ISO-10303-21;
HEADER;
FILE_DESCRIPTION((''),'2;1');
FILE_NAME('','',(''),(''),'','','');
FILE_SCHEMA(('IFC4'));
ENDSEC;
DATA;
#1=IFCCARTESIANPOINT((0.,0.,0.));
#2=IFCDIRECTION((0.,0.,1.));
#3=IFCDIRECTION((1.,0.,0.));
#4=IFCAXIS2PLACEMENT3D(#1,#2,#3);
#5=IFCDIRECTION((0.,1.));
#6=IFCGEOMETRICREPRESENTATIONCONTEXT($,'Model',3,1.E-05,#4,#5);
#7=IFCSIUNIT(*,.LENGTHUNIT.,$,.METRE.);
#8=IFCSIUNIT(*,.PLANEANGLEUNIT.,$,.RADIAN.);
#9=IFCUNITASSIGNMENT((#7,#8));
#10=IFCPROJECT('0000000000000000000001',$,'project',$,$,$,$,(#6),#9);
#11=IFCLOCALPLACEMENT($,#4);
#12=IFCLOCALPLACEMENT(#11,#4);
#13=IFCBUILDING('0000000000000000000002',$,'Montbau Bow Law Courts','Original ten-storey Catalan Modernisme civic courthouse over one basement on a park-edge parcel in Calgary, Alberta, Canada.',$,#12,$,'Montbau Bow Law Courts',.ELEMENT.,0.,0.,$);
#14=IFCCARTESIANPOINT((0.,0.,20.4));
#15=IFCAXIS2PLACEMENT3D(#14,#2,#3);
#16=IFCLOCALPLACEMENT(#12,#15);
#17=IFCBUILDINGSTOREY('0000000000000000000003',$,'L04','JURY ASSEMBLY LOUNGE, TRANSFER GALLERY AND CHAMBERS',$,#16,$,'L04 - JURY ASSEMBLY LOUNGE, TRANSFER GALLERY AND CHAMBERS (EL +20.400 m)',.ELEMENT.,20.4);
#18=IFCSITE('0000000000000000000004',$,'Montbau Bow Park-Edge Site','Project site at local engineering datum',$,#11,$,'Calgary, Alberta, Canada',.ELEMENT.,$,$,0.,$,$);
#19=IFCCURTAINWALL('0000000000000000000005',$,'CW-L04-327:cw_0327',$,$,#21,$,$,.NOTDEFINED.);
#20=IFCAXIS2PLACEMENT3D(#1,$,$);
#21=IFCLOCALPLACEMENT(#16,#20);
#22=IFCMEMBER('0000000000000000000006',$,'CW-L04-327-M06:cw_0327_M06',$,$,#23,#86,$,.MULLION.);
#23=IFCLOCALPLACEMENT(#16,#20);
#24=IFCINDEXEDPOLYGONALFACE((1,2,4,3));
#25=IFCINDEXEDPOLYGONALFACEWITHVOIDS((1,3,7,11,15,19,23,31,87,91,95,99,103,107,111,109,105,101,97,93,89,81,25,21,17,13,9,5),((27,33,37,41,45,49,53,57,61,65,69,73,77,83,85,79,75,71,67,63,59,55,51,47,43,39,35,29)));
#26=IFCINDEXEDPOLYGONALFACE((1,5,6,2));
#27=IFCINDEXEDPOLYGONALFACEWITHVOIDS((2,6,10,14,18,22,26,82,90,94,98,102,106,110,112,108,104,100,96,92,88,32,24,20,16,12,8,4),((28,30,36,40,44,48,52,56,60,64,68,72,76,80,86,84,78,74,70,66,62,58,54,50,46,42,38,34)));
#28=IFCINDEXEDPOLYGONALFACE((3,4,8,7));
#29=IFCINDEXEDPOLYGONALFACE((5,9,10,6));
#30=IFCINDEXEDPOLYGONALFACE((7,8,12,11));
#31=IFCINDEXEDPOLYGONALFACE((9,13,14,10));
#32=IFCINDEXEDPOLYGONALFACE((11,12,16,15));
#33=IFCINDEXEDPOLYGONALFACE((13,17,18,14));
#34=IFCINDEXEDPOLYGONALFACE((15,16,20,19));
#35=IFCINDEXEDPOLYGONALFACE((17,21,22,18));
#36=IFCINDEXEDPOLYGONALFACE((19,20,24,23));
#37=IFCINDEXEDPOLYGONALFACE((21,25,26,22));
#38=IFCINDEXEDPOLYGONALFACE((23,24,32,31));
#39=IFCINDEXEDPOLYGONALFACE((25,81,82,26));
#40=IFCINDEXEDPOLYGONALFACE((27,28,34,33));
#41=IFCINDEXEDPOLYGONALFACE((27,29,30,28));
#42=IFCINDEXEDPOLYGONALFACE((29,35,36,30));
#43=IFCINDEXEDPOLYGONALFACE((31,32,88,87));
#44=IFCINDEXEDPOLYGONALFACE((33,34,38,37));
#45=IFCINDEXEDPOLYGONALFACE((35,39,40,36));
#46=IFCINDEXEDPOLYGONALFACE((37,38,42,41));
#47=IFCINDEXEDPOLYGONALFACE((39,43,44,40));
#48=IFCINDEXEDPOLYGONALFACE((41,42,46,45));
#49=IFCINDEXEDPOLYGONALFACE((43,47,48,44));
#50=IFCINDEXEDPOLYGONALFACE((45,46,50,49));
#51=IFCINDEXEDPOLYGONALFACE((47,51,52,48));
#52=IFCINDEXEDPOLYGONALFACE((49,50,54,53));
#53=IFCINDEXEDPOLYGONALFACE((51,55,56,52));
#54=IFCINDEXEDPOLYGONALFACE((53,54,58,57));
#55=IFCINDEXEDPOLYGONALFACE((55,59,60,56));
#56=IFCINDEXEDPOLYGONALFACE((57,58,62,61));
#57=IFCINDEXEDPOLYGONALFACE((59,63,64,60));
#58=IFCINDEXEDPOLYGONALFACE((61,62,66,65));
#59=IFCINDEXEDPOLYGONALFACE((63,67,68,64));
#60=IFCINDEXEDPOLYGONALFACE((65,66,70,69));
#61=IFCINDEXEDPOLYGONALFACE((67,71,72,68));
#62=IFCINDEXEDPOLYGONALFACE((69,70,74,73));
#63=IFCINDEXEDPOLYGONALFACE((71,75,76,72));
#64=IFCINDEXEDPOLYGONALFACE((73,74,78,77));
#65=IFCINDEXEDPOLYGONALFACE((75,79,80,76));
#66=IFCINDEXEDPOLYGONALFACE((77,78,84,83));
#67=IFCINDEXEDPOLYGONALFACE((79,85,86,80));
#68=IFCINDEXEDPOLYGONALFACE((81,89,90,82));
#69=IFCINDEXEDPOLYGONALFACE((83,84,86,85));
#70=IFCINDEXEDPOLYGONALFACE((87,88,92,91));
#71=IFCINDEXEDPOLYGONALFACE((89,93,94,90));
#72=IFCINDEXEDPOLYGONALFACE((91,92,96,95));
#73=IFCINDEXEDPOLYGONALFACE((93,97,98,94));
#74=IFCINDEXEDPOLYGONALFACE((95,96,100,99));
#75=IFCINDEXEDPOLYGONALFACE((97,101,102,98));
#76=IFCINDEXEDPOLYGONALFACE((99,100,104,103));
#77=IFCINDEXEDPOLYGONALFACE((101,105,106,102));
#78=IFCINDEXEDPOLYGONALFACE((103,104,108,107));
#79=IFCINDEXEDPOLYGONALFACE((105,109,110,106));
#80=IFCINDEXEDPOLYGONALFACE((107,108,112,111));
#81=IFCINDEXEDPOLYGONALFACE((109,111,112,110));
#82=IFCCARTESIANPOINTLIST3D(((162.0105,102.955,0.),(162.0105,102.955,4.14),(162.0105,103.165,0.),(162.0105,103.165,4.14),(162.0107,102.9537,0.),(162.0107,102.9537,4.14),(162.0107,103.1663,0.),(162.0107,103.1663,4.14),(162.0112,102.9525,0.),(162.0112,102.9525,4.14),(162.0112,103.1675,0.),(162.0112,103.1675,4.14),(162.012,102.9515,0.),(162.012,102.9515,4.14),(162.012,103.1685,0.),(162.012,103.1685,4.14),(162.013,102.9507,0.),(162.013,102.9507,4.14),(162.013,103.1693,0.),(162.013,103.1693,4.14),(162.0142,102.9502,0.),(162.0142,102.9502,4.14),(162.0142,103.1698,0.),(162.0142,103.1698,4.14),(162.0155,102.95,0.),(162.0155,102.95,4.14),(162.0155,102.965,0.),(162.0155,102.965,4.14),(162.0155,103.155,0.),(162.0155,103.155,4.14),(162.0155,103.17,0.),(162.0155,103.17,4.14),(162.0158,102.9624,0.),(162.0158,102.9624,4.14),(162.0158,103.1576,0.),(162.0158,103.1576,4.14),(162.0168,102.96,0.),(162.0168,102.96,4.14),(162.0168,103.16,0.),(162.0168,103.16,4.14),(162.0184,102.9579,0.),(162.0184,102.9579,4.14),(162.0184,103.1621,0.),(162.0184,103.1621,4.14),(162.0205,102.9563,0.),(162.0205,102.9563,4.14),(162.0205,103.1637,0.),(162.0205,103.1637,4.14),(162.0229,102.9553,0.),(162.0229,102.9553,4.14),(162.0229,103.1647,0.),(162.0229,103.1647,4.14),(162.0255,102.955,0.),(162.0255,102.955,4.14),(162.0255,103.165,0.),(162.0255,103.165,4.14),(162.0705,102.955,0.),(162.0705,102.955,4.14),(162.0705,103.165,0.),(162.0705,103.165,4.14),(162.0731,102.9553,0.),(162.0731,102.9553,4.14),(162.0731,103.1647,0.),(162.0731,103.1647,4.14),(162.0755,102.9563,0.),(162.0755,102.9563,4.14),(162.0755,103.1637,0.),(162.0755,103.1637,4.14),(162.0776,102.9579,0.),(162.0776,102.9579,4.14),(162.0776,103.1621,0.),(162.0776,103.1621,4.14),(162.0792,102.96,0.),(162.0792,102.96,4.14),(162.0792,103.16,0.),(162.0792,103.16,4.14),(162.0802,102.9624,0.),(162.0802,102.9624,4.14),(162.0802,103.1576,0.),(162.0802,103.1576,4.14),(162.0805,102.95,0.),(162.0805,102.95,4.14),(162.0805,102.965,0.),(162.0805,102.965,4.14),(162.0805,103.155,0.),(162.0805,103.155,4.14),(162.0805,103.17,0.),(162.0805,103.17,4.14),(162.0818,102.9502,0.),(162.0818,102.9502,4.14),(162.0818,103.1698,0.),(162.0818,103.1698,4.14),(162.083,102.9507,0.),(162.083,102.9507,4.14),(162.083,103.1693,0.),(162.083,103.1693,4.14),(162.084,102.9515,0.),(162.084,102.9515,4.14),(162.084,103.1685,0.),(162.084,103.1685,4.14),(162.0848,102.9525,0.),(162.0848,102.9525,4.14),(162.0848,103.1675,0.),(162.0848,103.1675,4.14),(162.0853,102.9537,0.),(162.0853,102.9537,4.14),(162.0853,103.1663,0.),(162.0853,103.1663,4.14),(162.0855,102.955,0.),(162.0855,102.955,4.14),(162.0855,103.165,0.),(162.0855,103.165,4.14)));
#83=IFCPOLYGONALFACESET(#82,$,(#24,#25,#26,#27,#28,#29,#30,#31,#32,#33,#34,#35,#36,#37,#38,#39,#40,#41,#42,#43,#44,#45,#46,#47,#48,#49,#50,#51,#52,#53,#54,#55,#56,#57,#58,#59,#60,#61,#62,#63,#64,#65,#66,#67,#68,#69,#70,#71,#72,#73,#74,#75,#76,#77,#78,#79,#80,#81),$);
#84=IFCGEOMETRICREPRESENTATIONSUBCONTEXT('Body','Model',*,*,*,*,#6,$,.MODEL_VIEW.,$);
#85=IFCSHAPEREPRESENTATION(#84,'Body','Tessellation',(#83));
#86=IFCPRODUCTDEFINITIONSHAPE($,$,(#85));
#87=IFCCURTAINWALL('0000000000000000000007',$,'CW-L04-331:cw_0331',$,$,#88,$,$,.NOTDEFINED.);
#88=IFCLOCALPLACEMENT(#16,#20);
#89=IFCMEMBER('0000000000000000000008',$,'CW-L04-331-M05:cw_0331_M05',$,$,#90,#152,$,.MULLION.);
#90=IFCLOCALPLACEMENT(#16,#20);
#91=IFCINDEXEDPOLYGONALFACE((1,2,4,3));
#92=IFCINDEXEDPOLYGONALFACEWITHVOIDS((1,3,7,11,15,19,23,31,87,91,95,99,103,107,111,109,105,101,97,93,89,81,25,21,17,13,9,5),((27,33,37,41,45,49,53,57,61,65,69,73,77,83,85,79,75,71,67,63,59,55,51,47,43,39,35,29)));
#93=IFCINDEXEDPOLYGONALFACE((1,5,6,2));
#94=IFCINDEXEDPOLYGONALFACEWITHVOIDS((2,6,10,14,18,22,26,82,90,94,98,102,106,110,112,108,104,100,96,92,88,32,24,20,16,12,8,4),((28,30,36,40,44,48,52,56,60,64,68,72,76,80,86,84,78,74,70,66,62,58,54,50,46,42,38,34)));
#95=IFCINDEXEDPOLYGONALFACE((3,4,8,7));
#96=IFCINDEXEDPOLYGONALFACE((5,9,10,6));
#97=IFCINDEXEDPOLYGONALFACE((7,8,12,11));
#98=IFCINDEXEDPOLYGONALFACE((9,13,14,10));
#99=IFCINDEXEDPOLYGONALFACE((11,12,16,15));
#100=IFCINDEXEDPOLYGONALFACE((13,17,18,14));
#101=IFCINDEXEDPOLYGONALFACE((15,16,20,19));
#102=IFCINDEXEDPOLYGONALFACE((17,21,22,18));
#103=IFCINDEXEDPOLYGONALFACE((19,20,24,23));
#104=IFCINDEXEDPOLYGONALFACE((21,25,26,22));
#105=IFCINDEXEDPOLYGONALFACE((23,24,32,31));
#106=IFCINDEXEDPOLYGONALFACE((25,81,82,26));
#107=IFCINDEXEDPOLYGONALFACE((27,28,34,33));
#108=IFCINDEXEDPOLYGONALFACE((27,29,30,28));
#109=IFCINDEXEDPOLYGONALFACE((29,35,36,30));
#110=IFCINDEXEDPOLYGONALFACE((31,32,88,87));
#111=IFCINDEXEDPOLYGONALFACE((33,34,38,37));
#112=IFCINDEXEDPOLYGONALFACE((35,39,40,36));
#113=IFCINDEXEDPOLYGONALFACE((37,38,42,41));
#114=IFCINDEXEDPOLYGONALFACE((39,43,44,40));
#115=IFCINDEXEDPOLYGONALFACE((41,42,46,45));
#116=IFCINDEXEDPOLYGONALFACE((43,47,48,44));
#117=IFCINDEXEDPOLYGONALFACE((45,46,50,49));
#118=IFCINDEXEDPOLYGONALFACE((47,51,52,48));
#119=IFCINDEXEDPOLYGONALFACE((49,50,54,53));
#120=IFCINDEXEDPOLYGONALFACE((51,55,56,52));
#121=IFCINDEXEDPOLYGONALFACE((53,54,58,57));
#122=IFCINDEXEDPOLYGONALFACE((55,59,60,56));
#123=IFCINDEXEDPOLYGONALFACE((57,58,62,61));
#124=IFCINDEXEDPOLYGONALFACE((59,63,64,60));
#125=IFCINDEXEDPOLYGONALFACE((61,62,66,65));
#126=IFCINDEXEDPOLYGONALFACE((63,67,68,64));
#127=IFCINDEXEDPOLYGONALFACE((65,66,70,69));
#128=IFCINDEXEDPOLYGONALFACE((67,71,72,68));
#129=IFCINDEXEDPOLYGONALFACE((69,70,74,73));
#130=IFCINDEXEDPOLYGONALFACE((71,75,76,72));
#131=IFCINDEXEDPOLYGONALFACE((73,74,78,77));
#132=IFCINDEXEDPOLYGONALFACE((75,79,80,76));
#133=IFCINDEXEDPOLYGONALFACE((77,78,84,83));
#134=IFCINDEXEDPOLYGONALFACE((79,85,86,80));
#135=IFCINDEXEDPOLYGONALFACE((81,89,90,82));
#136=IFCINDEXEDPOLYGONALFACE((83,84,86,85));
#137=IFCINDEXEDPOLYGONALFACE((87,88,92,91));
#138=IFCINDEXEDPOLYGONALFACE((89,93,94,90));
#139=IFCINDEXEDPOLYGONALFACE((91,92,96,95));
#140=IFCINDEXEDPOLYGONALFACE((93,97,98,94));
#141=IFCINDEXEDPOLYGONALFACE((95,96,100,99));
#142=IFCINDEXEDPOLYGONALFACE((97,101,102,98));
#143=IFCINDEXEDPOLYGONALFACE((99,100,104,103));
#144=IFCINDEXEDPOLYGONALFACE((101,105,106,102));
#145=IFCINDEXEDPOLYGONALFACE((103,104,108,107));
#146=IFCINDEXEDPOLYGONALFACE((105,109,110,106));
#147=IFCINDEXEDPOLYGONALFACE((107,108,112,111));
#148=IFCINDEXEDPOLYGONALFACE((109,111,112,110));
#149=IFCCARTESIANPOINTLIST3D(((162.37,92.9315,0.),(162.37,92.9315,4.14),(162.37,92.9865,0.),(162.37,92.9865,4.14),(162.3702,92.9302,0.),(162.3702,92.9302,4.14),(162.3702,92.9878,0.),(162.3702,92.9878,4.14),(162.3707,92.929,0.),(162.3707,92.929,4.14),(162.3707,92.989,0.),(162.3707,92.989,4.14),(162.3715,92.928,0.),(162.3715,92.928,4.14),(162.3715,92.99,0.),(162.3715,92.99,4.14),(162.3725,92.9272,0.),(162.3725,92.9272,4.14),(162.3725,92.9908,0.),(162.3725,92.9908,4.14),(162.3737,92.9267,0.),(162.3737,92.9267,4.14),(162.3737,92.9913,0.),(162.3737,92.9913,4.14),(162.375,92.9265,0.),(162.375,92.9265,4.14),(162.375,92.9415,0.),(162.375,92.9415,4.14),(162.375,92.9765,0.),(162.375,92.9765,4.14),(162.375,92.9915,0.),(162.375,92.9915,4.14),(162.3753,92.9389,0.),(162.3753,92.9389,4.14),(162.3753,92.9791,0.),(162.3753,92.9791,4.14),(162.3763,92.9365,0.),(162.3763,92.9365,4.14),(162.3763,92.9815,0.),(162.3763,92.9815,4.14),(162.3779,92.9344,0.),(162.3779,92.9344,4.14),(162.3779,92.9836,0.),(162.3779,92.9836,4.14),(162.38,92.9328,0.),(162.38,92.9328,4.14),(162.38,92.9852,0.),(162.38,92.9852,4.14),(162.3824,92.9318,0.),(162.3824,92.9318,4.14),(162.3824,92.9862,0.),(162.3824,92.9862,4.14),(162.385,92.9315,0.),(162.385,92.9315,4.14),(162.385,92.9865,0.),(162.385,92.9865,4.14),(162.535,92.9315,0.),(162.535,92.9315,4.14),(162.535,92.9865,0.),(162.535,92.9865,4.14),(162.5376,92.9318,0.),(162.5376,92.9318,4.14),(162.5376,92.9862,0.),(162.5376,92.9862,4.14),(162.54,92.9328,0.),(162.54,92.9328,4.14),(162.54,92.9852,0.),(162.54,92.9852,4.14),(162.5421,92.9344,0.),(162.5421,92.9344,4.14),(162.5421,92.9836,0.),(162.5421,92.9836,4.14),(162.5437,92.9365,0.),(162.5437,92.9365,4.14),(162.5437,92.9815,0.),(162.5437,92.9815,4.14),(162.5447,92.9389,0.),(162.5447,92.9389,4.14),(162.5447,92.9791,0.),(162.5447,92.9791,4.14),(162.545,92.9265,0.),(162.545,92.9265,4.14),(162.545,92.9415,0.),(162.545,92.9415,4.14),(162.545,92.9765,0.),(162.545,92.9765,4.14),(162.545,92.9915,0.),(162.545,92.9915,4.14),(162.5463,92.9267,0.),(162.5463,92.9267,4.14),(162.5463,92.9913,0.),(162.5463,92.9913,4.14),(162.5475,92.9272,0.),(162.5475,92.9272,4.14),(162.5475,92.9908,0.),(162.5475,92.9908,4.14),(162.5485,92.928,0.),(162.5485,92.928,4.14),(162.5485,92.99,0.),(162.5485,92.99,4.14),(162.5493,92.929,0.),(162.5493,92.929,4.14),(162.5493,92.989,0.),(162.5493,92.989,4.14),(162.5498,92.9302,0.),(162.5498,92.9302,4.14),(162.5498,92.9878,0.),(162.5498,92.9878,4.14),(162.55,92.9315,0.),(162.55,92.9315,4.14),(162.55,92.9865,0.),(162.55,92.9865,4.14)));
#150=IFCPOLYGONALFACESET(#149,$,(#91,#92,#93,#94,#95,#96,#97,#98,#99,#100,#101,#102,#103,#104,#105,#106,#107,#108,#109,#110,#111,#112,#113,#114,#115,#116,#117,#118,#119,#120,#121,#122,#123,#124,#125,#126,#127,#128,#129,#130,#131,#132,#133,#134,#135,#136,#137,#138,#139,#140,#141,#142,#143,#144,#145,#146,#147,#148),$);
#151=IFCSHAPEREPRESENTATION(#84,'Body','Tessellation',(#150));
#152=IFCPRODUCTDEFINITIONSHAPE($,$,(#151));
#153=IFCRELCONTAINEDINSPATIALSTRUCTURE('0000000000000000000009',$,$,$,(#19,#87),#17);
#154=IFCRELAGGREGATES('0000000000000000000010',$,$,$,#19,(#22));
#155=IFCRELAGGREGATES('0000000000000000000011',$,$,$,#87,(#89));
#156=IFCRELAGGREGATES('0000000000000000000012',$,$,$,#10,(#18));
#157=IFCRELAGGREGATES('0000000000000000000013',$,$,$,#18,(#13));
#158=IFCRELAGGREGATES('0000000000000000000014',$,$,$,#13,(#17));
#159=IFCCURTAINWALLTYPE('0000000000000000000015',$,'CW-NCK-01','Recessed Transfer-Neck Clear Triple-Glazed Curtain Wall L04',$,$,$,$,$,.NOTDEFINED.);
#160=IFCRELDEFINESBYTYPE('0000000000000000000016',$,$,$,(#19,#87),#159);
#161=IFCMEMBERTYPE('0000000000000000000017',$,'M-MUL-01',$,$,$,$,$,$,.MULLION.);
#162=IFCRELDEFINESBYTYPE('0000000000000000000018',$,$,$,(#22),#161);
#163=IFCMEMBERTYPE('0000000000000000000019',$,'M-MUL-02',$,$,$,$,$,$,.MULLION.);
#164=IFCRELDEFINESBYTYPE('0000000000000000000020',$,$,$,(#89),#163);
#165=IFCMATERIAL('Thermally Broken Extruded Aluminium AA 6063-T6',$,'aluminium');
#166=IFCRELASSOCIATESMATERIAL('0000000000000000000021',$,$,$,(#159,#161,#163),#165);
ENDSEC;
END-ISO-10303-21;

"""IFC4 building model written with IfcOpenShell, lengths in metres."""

from ifc_helpers import new_model, si_unit, direction, frame, origin_with_axes, origin_2d_with_axis, place, context, subcontext, project, spatial, hollow_rectangle, extrude, material, material_profile, profile_set, type_object, element, aggregate, save


model = new_model("IFC4")

# Units and contexts
model_context = context("Model", 3, precision=1e-05, world=origin_with_axes(), true_north=direction((0.0, 1.0)))
body_context = subcontext(model_context, "Body", "Model", "MODEL_VIEW")
ifc_project = project(units=[si_unit("LENGTHUNIT", "METRE"), si_unit("PLANEANGLEUNIT", "RADIAN")], contexts=[model_context])

# Site, building, storey
site_placement = place(None, origin_with_axes())
site = spatial("IfcSite", under=ifc_project, at=site_placement, Name="Montbau Bow Park-Edge Site", Description="Project site at local engineering datum", LongName="Calgary, Alberta, Canada", CompositionType="ELEMENT", RefElevation=0.0)
building_placement = place(site_placement, origin_with_axes())
building = spatial("IfcBuilding", under=site, at=building_placement, Name="Montbau Bow Law Courts", Description="Original ten-storey Catalan Modernisme civic courthouse over one basement on a park-edge parcel in Calgary, Alberta, Canada.", LongName="Montbau Bow Law Courts", CompositionType="ELEMENT", ElevationOfRefHeight=0.0, ElevationOfTerrain=0.0)
storey_placement = place(building_placement, frame((0.0, 0.0, 20.4), z_axis=(0.0, 0.0, 1.0), x_axis=(1.0, 0.0, 0.0)))
storey = spatial("IfcBuildingStorey", under=building, at=storey_placement, Name="L04", Description="JURY ASSEMBLY LOUNGE, TRANSFER GALLERY AND CHAMBERS", LongName="L04 - JURY ASSEMBLY LOUNGE, TRANSFER GALLERY AND CHAMBERS (EL +20.400 m)", CompositionType="ELEMENT", Elevation=20.4)

# Curtain walls, members
ifc_material_1 = material(Name="Thermally Broken Extruded Aluminium AA 6063-T6", Category="aluminium")
curtain_wall_type = type_object("IfcCurtainWallType", Name="CW-NCK-01", Description="Recessed Transfer-Neck Clear Triple-Glazed Curtain Wall L04", PredefinedType="NOTDEFINED", material=ifc_material_1)
curtain_wall_1_placement = place(None, frame((155.315, 103.06, 20.4), z_axis=(0.0, 0.0, 1.0), x_axis=(1.0, 0.0, 0.0)))
curtain_wall_1 = element("IfcCurtainWall", 1, at=curtain_wall_1_placement, inside=storey, type_object=curtain_wall_type, Name="CW-L04-327:cw_0327", PredefinedType="NOTDEFINED")
ifc_material_profile_1 = material_profile(ifc_material_1, hollow_rectangle(XDim=0.075, YDim=0.22, WallThickness=0.005, InnerFilletRadius=0.01, OuterFilletRadius=0.005, at=origin_2d_with_axis()), Name="CWM-220X75", Category="Main", Priority=0)
ifc_profile_set_1 = profile_set([ifc_material_profile_1], Name="Thermally Broken Extruded Aluminium AA 6063-T6")
member_type_1 = type_object("IfcMemberType", Name="M-MUL-01", PredefinedType="MULLION", material=ifc_profile_set_1)
member_1_placement = place(None, frame((162.048, 103.06, 20.4), z_axis=(0.0, 0.0, 1.0), x_axis=(1.0, 0.0, 0.0)))
member_1 = element("IfcMember", 2, at=member_1_placement, type_object=member_type_1, Name="CW-L04-327-M06:cw_0327_M06", PredefinedType="MULLION", context=body_context, shape_type="SweptSolid", body=[
    extrude(hollow_rectangle(XDim=0.075, YDim=0.22, WallThickness=0.005, InnerFilletRadius=0.01, OuterFilletRadius=0.005, at=origin_2d_with_axis()), origin_with_axes(), (0.0, 0.0, 1.0), 4.14),
])
curtain_wall_2_placement = place(None, frame((162.46, 86.668, 20.4), z_axis=(0.0, 0.0, 1.0), x_axis=(1.0, 0.0, 0.0)))
curtain_wall_2 = element("IfcCurtainWall", 3, at=curtain_wall_2_placement, inside=storey, type_object=curtain_wall_type, Name="CW-L04-331:cw_0331", PredefinedType="NOTDEFINED")
ifc_material_profile_2 = material_profile(ifc_material_1, hollow_rectangle(XDim=0.065, YDim=0.18, WallThickness=0.005, InnerFilletRadius=0.01, OuterFilletRadius=0.005, at=origin_2d_with_axis()), Name="CWM-180X65", Category="Main", Priority=0)
ifc_profile_set_2 = profile_set([ifc_material_profile_2], Name="Thermally Broken Extruded Aluminium AA 6063-T6")
member_type_2 = type_object("IfcMemberType", Name="M-MUL-02", PredefinedType="MULLION", material=ifc_profile_set_2)
member_2_placement = place(None, frame((162.46, 92.959, 20.4), z_axis=(0.0, 0.0, 1.0), x_axis=(0.0, 1.0, 0.0)))
member_2 = element("IfcMember", 4, at=member_2_placement, type_object=member_type_2, Name="CW-L04-331-M05:cw_0331_M05", PredefinedType="MULLION", context=body_context, shape_type="SweptSolid", body=[
    extrude(hollow_rectangle(XDim=0.065, YDim=0.18, WallThickness=0.005, InnerFilletRadius=0.01, OuterFilletRadius=0.005, at=origin_2d_with_axis()), origin_with_axes(), (0.0, 0.0, 1.0), 4.14),
])

aggregate(curtain_wall_1, [member_1])
aggregate(curtain_wall_2, [member_2])

save(model, "model.ifc")
